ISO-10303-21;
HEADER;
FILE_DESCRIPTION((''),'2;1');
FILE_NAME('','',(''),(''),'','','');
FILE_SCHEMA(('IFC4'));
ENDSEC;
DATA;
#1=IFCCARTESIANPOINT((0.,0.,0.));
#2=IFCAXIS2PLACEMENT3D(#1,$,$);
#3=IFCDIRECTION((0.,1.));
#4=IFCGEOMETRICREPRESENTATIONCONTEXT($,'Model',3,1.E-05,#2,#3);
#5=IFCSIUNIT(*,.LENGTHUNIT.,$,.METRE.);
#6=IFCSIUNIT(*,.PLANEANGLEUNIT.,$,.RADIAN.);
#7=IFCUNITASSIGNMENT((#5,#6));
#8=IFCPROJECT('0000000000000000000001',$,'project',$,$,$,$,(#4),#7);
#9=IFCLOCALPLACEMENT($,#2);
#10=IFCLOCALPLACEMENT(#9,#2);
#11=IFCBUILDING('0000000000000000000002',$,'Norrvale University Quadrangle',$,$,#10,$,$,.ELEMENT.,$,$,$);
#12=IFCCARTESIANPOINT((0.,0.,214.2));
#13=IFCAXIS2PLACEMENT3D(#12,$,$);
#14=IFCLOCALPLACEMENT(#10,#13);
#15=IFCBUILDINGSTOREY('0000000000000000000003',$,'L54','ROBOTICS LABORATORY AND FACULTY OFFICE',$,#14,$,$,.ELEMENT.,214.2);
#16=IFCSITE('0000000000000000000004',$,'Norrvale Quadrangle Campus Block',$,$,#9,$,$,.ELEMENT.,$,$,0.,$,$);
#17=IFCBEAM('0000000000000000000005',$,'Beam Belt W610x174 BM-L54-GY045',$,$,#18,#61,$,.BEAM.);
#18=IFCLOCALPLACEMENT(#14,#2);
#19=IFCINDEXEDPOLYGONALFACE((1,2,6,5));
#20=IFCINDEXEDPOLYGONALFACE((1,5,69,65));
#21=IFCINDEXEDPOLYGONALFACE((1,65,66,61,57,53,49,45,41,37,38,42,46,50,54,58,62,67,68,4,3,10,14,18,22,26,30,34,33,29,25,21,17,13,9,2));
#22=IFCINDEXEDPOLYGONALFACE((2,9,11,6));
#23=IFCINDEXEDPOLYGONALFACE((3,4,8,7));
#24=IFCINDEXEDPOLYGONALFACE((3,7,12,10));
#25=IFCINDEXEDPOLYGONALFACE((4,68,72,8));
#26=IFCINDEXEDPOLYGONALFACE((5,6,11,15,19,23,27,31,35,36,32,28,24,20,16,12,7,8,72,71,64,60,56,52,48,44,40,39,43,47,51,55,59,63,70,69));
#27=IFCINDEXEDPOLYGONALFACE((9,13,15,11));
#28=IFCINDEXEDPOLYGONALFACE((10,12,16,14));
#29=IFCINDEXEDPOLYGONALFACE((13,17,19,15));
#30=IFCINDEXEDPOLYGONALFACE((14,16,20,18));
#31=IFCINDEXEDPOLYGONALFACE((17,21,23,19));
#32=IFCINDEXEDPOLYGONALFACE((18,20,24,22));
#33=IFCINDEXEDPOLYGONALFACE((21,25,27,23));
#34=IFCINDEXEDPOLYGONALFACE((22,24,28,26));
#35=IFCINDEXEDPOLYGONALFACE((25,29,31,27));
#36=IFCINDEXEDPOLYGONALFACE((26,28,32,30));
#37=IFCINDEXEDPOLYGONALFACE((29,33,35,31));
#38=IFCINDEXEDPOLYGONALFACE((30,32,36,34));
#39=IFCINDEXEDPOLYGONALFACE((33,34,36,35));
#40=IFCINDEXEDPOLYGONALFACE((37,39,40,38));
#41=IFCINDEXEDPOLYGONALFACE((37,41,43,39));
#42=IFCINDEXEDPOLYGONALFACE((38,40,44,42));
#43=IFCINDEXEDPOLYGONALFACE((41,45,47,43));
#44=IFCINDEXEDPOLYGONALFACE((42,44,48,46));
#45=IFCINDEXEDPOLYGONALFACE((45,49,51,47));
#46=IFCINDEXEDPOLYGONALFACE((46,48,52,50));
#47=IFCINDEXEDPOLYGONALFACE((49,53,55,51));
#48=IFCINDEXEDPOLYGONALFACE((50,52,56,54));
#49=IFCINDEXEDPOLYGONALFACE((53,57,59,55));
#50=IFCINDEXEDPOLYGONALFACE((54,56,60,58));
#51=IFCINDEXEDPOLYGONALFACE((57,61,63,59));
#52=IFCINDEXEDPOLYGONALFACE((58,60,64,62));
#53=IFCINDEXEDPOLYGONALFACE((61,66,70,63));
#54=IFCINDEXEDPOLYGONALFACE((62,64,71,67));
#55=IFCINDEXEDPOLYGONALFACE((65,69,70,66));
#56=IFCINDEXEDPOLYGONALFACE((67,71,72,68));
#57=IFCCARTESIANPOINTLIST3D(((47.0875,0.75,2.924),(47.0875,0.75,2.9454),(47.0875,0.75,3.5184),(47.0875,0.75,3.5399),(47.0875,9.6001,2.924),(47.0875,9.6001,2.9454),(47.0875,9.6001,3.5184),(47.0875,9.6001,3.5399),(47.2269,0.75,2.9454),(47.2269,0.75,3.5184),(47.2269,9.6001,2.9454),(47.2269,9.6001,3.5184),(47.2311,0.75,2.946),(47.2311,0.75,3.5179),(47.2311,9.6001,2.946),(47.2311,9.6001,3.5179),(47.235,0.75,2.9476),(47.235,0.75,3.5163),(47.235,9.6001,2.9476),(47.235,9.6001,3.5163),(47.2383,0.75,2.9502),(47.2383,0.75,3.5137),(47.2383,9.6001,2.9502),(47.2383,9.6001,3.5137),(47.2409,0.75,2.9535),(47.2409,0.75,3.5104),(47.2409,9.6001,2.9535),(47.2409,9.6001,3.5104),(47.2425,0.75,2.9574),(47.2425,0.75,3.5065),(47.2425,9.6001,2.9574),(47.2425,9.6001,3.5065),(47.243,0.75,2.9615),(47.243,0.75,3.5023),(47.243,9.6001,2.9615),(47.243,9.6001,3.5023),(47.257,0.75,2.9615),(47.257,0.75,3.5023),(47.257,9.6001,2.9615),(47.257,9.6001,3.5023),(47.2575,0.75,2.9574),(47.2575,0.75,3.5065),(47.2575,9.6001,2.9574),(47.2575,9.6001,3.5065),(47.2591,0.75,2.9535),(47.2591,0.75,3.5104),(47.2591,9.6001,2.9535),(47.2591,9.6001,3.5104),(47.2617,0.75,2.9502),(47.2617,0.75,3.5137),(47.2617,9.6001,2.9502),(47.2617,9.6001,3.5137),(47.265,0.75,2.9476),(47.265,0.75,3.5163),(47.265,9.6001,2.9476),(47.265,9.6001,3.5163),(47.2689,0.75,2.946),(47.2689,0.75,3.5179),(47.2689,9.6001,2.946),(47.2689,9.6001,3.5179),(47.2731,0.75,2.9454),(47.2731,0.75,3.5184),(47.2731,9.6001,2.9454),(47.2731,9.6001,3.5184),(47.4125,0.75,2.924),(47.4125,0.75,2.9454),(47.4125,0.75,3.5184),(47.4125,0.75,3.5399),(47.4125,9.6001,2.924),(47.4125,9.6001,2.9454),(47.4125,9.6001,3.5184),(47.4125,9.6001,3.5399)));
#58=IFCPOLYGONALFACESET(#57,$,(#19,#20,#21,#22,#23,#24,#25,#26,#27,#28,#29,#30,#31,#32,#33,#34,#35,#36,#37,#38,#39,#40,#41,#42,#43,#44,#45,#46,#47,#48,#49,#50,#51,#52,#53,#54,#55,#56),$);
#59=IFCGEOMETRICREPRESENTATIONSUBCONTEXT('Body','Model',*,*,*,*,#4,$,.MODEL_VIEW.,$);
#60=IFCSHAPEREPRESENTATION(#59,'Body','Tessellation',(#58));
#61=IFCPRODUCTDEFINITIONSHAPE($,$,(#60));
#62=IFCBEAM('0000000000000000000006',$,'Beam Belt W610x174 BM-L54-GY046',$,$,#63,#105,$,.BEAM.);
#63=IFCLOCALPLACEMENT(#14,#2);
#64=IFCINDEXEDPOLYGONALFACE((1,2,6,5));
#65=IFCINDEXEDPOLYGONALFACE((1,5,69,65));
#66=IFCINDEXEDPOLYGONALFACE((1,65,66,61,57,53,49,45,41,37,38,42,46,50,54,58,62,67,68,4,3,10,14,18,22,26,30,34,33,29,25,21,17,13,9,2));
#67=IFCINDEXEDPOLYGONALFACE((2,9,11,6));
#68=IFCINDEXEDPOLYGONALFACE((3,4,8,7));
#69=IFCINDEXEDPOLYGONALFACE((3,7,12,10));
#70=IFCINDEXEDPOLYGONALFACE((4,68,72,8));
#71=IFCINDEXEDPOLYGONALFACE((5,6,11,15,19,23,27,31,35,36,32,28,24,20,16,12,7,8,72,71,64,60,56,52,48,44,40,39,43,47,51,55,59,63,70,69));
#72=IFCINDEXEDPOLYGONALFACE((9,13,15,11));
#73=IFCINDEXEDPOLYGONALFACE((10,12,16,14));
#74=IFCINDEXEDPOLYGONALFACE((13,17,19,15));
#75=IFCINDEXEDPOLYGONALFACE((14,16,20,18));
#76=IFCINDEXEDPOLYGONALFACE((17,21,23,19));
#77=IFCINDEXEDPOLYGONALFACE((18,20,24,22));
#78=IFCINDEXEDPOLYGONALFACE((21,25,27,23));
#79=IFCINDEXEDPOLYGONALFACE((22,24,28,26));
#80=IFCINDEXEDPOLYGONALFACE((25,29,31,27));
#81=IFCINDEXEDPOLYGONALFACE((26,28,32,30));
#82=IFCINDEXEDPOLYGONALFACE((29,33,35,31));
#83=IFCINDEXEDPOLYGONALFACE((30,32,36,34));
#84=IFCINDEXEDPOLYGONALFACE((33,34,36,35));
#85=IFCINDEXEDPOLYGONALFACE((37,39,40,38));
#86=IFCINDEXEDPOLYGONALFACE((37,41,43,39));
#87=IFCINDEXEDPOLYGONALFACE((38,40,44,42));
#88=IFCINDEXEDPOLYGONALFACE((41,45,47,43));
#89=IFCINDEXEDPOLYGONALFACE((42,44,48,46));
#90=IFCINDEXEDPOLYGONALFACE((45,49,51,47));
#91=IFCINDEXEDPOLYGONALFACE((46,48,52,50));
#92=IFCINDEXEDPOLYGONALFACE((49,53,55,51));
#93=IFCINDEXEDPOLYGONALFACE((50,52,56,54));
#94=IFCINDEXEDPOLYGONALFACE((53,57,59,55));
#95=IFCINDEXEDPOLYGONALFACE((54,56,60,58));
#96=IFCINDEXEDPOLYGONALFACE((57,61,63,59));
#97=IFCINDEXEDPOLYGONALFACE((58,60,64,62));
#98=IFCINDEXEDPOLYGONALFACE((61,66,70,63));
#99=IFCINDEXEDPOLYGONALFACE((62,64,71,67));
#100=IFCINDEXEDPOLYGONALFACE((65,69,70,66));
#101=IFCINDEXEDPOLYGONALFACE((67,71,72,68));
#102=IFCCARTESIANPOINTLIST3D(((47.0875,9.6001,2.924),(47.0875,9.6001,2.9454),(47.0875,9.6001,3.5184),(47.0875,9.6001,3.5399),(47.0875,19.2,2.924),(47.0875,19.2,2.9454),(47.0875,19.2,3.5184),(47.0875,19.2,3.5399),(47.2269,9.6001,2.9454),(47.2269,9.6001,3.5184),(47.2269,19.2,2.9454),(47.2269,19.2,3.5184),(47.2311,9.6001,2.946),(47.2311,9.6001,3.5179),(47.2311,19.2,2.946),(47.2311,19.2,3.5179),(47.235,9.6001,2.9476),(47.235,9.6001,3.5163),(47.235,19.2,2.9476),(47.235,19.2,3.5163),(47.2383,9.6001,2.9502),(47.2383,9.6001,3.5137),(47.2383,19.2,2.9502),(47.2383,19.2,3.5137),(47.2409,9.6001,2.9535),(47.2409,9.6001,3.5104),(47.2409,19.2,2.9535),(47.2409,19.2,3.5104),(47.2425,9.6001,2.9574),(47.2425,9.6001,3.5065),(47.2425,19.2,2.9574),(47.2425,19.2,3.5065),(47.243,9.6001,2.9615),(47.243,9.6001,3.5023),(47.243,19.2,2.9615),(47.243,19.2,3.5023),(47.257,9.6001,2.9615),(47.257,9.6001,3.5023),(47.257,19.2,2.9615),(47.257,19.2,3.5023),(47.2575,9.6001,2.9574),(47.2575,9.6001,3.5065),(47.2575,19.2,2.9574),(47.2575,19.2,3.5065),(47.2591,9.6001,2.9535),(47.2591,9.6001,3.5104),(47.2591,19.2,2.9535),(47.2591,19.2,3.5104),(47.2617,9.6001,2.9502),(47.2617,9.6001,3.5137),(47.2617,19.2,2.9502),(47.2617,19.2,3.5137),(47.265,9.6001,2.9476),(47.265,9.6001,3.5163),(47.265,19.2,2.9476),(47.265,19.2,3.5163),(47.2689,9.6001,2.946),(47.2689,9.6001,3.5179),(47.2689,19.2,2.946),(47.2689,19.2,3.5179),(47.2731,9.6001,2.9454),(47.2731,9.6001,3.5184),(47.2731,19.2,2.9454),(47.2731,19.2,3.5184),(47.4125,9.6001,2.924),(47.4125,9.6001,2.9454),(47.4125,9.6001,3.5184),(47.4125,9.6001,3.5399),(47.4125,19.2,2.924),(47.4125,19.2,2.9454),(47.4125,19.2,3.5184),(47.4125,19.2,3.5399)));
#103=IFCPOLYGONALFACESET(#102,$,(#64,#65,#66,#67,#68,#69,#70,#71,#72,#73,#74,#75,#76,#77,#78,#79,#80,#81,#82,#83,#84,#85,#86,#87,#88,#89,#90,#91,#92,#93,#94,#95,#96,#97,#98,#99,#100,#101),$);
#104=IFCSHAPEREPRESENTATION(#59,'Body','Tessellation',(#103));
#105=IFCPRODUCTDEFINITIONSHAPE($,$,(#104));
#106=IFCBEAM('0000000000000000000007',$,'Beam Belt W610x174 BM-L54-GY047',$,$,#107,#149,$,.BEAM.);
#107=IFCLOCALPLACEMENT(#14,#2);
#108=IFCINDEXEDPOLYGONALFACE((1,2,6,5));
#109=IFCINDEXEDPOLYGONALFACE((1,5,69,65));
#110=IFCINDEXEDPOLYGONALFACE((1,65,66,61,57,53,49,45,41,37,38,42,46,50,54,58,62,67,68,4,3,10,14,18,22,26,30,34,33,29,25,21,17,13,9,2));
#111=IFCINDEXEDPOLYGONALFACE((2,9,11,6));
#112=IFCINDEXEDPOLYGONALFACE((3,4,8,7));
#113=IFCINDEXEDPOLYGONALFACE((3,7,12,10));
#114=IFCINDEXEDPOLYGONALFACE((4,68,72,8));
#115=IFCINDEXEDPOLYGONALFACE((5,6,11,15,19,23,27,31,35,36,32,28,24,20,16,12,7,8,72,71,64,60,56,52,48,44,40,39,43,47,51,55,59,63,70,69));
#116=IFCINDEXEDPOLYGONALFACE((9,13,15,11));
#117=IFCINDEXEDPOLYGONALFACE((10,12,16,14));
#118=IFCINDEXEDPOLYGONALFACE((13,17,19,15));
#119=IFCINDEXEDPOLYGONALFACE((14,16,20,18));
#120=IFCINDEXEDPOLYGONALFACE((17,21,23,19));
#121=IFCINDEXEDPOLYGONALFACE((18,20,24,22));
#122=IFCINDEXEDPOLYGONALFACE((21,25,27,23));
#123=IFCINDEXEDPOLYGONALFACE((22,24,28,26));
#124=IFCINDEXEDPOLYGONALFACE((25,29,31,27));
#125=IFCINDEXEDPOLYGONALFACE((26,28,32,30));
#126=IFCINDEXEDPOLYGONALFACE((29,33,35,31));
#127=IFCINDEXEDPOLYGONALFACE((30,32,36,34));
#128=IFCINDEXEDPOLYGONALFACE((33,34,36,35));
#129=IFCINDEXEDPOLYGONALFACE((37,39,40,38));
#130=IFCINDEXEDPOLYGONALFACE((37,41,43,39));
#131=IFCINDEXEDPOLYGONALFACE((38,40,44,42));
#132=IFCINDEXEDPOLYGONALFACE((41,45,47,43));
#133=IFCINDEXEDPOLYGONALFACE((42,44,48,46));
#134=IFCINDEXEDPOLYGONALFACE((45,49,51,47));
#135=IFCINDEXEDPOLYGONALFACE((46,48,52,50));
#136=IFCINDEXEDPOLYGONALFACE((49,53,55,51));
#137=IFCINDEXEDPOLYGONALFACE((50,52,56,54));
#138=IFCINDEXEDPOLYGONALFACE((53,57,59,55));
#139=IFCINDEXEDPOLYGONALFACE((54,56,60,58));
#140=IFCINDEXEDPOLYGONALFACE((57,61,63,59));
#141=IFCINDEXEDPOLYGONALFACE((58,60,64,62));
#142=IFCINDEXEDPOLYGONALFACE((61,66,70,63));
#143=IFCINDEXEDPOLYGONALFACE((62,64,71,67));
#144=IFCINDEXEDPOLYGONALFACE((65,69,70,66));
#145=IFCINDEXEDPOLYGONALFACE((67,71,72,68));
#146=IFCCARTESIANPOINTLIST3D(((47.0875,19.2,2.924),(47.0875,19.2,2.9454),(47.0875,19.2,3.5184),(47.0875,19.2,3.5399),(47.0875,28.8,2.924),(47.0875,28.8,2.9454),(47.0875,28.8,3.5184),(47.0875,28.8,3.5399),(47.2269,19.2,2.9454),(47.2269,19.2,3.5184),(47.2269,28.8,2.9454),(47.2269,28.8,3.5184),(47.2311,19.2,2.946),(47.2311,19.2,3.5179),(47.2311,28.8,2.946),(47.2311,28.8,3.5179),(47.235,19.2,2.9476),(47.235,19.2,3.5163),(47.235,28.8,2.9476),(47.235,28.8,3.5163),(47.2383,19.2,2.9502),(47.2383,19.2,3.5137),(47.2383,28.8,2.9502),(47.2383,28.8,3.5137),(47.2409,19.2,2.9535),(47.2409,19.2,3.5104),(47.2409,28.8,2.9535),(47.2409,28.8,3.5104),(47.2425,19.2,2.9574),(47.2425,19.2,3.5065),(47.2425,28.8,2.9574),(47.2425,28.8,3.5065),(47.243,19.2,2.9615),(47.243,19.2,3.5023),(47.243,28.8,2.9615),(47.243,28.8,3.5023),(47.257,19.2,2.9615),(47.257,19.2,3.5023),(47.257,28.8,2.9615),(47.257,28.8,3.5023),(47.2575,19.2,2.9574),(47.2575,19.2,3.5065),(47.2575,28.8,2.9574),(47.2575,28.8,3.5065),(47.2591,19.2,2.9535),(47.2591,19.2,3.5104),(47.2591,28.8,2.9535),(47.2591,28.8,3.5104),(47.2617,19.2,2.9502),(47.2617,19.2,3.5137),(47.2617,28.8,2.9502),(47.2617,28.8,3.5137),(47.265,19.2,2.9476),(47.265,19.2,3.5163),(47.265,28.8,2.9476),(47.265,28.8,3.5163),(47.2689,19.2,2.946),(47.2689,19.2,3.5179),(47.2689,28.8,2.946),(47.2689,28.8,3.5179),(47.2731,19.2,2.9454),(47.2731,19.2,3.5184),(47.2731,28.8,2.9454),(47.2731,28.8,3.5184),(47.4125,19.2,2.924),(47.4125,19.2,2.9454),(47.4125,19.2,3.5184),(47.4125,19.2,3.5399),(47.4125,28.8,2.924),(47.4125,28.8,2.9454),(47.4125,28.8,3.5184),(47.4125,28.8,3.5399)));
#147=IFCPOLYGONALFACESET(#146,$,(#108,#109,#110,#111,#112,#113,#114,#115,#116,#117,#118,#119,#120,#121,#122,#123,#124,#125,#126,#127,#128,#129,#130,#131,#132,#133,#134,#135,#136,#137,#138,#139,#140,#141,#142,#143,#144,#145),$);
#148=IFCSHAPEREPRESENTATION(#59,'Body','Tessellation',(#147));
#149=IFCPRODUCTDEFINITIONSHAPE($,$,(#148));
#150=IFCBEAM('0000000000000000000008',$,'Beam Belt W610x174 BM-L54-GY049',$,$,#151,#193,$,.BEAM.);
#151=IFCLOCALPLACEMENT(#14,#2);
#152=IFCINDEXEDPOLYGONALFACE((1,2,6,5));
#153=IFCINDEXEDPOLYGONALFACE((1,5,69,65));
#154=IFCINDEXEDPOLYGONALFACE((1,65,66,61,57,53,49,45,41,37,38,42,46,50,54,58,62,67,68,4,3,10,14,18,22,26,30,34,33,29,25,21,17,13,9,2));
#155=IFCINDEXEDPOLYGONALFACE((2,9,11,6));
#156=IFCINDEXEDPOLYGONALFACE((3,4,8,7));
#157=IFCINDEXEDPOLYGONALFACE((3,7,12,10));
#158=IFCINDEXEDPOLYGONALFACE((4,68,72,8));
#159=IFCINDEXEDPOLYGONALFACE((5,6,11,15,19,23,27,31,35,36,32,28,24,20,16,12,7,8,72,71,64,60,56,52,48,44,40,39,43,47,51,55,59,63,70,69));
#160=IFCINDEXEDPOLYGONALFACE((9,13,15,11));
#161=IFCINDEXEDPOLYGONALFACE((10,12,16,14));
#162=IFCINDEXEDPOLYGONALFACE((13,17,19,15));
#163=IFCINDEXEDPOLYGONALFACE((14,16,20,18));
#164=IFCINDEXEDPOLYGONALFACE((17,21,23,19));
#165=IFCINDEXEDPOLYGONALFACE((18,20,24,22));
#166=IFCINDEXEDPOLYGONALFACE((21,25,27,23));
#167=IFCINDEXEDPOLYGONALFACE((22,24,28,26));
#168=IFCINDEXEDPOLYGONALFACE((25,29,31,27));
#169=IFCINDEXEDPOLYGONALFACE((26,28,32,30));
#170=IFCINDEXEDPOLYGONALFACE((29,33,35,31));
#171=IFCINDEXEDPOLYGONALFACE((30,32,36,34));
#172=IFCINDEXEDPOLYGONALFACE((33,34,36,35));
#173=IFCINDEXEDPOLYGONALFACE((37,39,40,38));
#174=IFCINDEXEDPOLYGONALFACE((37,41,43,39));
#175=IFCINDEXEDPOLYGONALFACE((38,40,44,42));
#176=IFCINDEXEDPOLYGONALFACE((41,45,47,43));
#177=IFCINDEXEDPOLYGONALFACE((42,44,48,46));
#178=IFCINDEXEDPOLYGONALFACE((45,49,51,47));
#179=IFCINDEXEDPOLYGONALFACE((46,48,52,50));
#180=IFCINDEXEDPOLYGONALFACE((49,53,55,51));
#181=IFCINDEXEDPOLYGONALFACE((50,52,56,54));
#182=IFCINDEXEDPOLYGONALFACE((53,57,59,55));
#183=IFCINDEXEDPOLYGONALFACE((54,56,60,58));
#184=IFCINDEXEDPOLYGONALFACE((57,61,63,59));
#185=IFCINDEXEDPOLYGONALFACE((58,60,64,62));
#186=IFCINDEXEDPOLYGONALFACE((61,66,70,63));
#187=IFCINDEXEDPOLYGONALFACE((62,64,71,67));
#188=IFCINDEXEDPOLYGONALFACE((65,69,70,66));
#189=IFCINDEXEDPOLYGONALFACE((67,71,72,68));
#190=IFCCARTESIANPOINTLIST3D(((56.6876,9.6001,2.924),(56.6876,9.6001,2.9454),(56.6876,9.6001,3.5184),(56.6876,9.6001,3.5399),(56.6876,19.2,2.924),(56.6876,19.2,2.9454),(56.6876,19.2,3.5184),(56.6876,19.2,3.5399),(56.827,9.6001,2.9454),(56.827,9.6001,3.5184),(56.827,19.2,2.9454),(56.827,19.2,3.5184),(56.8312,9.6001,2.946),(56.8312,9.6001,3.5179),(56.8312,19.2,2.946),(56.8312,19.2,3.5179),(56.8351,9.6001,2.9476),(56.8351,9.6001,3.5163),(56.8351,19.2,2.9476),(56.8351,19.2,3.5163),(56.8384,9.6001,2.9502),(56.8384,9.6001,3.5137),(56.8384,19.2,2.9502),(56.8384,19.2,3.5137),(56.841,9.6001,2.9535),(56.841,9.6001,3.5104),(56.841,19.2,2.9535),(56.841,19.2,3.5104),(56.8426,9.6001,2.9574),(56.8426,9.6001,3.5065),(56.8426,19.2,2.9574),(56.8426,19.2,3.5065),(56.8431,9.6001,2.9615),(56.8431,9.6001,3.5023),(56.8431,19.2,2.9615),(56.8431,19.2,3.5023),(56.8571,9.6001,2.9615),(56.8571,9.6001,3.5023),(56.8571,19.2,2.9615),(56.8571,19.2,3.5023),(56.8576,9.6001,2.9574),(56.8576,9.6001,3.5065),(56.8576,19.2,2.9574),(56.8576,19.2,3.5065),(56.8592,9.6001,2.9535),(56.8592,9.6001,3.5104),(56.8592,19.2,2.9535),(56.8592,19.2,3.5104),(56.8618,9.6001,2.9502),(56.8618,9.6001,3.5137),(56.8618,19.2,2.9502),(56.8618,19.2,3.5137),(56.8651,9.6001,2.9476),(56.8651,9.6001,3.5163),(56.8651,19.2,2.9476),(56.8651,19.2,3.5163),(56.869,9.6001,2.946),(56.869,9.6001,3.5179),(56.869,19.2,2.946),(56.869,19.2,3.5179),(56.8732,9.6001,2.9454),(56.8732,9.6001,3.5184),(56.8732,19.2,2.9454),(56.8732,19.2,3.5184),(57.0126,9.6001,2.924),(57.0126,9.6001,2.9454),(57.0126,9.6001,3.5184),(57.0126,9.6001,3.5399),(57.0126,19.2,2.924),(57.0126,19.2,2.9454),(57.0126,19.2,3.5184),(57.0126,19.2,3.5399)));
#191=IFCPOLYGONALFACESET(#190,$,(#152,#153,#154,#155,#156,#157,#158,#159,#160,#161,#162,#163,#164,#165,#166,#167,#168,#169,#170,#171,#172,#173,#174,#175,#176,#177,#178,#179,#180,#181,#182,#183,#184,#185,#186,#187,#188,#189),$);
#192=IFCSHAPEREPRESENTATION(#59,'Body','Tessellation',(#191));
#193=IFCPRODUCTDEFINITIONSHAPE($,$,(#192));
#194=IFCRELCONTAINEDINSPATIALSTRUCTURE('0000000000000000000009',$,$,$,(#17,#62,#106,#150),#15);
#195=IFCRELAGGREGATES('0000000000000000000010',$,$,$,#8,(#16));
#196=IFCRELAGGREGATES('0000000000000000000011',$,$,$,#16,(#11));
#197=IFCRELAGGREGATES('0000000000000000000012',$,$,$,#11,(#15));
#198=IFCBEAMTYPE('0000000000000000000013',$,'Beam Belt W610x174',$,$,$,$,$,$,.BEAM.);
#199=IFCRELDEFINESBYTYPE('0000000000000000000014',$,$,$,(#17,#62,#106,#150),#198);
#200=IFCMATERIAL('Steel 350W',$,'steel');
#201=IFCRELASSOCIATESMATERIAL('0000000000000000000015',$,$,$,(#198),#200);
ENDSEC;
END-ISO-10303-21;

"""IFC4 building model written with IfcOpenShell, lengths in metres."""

from ifc_helpers import new_model, si_unit, direction, frame, origin, origin_2d, place, context, subcontext, project, spatial, i_section, extrude, material, material_profile, profile_set, type_object, element, save


model = new_model("IFC4")

# Units and contexts
model_context = context("Model", 3, precision=1e-05, world=origin(), true_north=direction((0.0, 1.0)))
body_context = subcontext(model_context, "Body", "Model", "MODEL_VIEW")
ifc_project = project(units=[si_unit("LENGTHUNIT", "METRE"), si_unit("PLANEANGLEUNIT", "RADIAN")], contexts=[model_context])

# Site, building, storey
site_placement = place(None, origin())
site = spatial("IfcSite", under=ifc_project, at=site_placement, Name="Norrvale Quadrangle Campus Block", CompositionType="ELEMENT", RefElevation=0.0)
building_placement = place(site_placement, origin())
building = spatial("IfcBuilding", under=site, at=building_placement, Name="Norrvale University Quadrangle", CompositionType="ELEMENT")
storey_placement = place(building_placement, frame((0.0, 0.0, 214.2)))
storey = spatial("IfcBuildingStorey", under=building, at=storey_placement, Name="L54", Description="ROBOTICS LABORATORY AND FACULTY OFFICE", CompositionType="ELEMENT", Elevation=214.2)

# Beams
ifc_material_1 = material(Name="Steel 350W", Category="steel")
ifc_material_profile_1 = material_profile(ifc_material_1, i_section(OverallWidth=0.325, OverallDepth=0.616, WebThickness=0.0139, FlangeThickness=0.0215, FilletRadius=0.0161, at=origin_2d()), Name="Steel 350W")
ifc_profile_set_1 = profile_set([ifc_material_profile_1], Name="Steel 350W")
beam_type_1 = type_object("IfcBeamType", Name="Beam Belt W610x174", PredefinedType="BEAM", material=ifc_profile_set_1)
beam_1_placement = place(storey_placement, frame((47.25, 0.75, 3.2319), z_axis=(0.0, 1.0, 0.0), x_axis=(-1.0, 0.0, 0.0)))
element("IfcBeam", 1, at=beam_1_placement, inside=storey, type_object=beam_type_1, Name="Beam Belt W610x174 BM-L54-GY045", PredefinedType="BEAM", context=body_context, shape_type="SweptSolid", body=[
    extrude(i_section(OverallWidth=0.325, OverallDepth=0.616, WebThickness=0.0139, FlangeThickness=0.0215, FilletRadius=0.0161, at=origin_2d()), origin(), (0.0, 0.0, 1.0), 8.8501),
])
beam_2_placement = place(storey_placement, frame((47.25, 9.6001, 3.2319), z_axis=(0.0, 1.0, 0.0), x_axis=(-1.0, 0.0, 0.0)))
element("IfcBeam", 2, at=beam_2_placement, inside=storey, type_object=beam_type_1, Name="Beam Belt W610x174 BM-L54-GY046", PredefinedType="BEAM", context=body_context, shape_type="SweptSolid", body=[
    extrude(i_section(OverallWidth=0.325, OverallDepth=0.616, WebThickness=0.0139, FlangeThickness=0.0215, FilletRadius=0.0161, at=origin_2d()), origin(), (0.0, 0.0, 1.0), 9.5999),
])
beam_3_placement = place(storey_placement, frame((47.25, 19.2, 3.2319), z_axis=(0.0, 1.0, 0.0), x_axis=(-1.0, 0.0, 0.0)))
element("IfcBeam", 3, at=beam_3_placement, inside=storey, type_object=beam_type_1, Name="Beam Belt W610x174 BM-L54-GY047", PredefinedType="BEAM", context=body_context, shape_type="SweptSolid", body=[
    extrude(i_section(OverallWidth=0.325, OverallDepth=0.616, WebThickness=0.0139, FlangeThickness=0.0215, FilletRadius=0.0161, at=origin_2d()), origin(), (0.0, 0.0, 1.0), 9.6001),
])
beam_4_placement = place(storey_placement, frame((56.8501, 9.6001, 3.2319), z_axis=(0.0, 1.0, 0.0), x_axis=(-1.0, 0.0, 0.0)))
element("IfcBeam", 4, at=beam_4_placement, inside=storey, type_object=beam_type_1, Name="Beam Belt W610x174 BM-L54-GY049", PredefinedType="BEAM", context=body_context, shape_type="SweptSolid", body=[
    extrude(i_section(OverallWidth=0.325, OverallDepth=0.616, WebThickness=0.0139, FlangeThickness=0.0215, FilletRadius=0.0161, at=origin_2d()), origin(), (0.0, 0.0, 1.0), 9.5999),
])

save(model, "model.ifc")
